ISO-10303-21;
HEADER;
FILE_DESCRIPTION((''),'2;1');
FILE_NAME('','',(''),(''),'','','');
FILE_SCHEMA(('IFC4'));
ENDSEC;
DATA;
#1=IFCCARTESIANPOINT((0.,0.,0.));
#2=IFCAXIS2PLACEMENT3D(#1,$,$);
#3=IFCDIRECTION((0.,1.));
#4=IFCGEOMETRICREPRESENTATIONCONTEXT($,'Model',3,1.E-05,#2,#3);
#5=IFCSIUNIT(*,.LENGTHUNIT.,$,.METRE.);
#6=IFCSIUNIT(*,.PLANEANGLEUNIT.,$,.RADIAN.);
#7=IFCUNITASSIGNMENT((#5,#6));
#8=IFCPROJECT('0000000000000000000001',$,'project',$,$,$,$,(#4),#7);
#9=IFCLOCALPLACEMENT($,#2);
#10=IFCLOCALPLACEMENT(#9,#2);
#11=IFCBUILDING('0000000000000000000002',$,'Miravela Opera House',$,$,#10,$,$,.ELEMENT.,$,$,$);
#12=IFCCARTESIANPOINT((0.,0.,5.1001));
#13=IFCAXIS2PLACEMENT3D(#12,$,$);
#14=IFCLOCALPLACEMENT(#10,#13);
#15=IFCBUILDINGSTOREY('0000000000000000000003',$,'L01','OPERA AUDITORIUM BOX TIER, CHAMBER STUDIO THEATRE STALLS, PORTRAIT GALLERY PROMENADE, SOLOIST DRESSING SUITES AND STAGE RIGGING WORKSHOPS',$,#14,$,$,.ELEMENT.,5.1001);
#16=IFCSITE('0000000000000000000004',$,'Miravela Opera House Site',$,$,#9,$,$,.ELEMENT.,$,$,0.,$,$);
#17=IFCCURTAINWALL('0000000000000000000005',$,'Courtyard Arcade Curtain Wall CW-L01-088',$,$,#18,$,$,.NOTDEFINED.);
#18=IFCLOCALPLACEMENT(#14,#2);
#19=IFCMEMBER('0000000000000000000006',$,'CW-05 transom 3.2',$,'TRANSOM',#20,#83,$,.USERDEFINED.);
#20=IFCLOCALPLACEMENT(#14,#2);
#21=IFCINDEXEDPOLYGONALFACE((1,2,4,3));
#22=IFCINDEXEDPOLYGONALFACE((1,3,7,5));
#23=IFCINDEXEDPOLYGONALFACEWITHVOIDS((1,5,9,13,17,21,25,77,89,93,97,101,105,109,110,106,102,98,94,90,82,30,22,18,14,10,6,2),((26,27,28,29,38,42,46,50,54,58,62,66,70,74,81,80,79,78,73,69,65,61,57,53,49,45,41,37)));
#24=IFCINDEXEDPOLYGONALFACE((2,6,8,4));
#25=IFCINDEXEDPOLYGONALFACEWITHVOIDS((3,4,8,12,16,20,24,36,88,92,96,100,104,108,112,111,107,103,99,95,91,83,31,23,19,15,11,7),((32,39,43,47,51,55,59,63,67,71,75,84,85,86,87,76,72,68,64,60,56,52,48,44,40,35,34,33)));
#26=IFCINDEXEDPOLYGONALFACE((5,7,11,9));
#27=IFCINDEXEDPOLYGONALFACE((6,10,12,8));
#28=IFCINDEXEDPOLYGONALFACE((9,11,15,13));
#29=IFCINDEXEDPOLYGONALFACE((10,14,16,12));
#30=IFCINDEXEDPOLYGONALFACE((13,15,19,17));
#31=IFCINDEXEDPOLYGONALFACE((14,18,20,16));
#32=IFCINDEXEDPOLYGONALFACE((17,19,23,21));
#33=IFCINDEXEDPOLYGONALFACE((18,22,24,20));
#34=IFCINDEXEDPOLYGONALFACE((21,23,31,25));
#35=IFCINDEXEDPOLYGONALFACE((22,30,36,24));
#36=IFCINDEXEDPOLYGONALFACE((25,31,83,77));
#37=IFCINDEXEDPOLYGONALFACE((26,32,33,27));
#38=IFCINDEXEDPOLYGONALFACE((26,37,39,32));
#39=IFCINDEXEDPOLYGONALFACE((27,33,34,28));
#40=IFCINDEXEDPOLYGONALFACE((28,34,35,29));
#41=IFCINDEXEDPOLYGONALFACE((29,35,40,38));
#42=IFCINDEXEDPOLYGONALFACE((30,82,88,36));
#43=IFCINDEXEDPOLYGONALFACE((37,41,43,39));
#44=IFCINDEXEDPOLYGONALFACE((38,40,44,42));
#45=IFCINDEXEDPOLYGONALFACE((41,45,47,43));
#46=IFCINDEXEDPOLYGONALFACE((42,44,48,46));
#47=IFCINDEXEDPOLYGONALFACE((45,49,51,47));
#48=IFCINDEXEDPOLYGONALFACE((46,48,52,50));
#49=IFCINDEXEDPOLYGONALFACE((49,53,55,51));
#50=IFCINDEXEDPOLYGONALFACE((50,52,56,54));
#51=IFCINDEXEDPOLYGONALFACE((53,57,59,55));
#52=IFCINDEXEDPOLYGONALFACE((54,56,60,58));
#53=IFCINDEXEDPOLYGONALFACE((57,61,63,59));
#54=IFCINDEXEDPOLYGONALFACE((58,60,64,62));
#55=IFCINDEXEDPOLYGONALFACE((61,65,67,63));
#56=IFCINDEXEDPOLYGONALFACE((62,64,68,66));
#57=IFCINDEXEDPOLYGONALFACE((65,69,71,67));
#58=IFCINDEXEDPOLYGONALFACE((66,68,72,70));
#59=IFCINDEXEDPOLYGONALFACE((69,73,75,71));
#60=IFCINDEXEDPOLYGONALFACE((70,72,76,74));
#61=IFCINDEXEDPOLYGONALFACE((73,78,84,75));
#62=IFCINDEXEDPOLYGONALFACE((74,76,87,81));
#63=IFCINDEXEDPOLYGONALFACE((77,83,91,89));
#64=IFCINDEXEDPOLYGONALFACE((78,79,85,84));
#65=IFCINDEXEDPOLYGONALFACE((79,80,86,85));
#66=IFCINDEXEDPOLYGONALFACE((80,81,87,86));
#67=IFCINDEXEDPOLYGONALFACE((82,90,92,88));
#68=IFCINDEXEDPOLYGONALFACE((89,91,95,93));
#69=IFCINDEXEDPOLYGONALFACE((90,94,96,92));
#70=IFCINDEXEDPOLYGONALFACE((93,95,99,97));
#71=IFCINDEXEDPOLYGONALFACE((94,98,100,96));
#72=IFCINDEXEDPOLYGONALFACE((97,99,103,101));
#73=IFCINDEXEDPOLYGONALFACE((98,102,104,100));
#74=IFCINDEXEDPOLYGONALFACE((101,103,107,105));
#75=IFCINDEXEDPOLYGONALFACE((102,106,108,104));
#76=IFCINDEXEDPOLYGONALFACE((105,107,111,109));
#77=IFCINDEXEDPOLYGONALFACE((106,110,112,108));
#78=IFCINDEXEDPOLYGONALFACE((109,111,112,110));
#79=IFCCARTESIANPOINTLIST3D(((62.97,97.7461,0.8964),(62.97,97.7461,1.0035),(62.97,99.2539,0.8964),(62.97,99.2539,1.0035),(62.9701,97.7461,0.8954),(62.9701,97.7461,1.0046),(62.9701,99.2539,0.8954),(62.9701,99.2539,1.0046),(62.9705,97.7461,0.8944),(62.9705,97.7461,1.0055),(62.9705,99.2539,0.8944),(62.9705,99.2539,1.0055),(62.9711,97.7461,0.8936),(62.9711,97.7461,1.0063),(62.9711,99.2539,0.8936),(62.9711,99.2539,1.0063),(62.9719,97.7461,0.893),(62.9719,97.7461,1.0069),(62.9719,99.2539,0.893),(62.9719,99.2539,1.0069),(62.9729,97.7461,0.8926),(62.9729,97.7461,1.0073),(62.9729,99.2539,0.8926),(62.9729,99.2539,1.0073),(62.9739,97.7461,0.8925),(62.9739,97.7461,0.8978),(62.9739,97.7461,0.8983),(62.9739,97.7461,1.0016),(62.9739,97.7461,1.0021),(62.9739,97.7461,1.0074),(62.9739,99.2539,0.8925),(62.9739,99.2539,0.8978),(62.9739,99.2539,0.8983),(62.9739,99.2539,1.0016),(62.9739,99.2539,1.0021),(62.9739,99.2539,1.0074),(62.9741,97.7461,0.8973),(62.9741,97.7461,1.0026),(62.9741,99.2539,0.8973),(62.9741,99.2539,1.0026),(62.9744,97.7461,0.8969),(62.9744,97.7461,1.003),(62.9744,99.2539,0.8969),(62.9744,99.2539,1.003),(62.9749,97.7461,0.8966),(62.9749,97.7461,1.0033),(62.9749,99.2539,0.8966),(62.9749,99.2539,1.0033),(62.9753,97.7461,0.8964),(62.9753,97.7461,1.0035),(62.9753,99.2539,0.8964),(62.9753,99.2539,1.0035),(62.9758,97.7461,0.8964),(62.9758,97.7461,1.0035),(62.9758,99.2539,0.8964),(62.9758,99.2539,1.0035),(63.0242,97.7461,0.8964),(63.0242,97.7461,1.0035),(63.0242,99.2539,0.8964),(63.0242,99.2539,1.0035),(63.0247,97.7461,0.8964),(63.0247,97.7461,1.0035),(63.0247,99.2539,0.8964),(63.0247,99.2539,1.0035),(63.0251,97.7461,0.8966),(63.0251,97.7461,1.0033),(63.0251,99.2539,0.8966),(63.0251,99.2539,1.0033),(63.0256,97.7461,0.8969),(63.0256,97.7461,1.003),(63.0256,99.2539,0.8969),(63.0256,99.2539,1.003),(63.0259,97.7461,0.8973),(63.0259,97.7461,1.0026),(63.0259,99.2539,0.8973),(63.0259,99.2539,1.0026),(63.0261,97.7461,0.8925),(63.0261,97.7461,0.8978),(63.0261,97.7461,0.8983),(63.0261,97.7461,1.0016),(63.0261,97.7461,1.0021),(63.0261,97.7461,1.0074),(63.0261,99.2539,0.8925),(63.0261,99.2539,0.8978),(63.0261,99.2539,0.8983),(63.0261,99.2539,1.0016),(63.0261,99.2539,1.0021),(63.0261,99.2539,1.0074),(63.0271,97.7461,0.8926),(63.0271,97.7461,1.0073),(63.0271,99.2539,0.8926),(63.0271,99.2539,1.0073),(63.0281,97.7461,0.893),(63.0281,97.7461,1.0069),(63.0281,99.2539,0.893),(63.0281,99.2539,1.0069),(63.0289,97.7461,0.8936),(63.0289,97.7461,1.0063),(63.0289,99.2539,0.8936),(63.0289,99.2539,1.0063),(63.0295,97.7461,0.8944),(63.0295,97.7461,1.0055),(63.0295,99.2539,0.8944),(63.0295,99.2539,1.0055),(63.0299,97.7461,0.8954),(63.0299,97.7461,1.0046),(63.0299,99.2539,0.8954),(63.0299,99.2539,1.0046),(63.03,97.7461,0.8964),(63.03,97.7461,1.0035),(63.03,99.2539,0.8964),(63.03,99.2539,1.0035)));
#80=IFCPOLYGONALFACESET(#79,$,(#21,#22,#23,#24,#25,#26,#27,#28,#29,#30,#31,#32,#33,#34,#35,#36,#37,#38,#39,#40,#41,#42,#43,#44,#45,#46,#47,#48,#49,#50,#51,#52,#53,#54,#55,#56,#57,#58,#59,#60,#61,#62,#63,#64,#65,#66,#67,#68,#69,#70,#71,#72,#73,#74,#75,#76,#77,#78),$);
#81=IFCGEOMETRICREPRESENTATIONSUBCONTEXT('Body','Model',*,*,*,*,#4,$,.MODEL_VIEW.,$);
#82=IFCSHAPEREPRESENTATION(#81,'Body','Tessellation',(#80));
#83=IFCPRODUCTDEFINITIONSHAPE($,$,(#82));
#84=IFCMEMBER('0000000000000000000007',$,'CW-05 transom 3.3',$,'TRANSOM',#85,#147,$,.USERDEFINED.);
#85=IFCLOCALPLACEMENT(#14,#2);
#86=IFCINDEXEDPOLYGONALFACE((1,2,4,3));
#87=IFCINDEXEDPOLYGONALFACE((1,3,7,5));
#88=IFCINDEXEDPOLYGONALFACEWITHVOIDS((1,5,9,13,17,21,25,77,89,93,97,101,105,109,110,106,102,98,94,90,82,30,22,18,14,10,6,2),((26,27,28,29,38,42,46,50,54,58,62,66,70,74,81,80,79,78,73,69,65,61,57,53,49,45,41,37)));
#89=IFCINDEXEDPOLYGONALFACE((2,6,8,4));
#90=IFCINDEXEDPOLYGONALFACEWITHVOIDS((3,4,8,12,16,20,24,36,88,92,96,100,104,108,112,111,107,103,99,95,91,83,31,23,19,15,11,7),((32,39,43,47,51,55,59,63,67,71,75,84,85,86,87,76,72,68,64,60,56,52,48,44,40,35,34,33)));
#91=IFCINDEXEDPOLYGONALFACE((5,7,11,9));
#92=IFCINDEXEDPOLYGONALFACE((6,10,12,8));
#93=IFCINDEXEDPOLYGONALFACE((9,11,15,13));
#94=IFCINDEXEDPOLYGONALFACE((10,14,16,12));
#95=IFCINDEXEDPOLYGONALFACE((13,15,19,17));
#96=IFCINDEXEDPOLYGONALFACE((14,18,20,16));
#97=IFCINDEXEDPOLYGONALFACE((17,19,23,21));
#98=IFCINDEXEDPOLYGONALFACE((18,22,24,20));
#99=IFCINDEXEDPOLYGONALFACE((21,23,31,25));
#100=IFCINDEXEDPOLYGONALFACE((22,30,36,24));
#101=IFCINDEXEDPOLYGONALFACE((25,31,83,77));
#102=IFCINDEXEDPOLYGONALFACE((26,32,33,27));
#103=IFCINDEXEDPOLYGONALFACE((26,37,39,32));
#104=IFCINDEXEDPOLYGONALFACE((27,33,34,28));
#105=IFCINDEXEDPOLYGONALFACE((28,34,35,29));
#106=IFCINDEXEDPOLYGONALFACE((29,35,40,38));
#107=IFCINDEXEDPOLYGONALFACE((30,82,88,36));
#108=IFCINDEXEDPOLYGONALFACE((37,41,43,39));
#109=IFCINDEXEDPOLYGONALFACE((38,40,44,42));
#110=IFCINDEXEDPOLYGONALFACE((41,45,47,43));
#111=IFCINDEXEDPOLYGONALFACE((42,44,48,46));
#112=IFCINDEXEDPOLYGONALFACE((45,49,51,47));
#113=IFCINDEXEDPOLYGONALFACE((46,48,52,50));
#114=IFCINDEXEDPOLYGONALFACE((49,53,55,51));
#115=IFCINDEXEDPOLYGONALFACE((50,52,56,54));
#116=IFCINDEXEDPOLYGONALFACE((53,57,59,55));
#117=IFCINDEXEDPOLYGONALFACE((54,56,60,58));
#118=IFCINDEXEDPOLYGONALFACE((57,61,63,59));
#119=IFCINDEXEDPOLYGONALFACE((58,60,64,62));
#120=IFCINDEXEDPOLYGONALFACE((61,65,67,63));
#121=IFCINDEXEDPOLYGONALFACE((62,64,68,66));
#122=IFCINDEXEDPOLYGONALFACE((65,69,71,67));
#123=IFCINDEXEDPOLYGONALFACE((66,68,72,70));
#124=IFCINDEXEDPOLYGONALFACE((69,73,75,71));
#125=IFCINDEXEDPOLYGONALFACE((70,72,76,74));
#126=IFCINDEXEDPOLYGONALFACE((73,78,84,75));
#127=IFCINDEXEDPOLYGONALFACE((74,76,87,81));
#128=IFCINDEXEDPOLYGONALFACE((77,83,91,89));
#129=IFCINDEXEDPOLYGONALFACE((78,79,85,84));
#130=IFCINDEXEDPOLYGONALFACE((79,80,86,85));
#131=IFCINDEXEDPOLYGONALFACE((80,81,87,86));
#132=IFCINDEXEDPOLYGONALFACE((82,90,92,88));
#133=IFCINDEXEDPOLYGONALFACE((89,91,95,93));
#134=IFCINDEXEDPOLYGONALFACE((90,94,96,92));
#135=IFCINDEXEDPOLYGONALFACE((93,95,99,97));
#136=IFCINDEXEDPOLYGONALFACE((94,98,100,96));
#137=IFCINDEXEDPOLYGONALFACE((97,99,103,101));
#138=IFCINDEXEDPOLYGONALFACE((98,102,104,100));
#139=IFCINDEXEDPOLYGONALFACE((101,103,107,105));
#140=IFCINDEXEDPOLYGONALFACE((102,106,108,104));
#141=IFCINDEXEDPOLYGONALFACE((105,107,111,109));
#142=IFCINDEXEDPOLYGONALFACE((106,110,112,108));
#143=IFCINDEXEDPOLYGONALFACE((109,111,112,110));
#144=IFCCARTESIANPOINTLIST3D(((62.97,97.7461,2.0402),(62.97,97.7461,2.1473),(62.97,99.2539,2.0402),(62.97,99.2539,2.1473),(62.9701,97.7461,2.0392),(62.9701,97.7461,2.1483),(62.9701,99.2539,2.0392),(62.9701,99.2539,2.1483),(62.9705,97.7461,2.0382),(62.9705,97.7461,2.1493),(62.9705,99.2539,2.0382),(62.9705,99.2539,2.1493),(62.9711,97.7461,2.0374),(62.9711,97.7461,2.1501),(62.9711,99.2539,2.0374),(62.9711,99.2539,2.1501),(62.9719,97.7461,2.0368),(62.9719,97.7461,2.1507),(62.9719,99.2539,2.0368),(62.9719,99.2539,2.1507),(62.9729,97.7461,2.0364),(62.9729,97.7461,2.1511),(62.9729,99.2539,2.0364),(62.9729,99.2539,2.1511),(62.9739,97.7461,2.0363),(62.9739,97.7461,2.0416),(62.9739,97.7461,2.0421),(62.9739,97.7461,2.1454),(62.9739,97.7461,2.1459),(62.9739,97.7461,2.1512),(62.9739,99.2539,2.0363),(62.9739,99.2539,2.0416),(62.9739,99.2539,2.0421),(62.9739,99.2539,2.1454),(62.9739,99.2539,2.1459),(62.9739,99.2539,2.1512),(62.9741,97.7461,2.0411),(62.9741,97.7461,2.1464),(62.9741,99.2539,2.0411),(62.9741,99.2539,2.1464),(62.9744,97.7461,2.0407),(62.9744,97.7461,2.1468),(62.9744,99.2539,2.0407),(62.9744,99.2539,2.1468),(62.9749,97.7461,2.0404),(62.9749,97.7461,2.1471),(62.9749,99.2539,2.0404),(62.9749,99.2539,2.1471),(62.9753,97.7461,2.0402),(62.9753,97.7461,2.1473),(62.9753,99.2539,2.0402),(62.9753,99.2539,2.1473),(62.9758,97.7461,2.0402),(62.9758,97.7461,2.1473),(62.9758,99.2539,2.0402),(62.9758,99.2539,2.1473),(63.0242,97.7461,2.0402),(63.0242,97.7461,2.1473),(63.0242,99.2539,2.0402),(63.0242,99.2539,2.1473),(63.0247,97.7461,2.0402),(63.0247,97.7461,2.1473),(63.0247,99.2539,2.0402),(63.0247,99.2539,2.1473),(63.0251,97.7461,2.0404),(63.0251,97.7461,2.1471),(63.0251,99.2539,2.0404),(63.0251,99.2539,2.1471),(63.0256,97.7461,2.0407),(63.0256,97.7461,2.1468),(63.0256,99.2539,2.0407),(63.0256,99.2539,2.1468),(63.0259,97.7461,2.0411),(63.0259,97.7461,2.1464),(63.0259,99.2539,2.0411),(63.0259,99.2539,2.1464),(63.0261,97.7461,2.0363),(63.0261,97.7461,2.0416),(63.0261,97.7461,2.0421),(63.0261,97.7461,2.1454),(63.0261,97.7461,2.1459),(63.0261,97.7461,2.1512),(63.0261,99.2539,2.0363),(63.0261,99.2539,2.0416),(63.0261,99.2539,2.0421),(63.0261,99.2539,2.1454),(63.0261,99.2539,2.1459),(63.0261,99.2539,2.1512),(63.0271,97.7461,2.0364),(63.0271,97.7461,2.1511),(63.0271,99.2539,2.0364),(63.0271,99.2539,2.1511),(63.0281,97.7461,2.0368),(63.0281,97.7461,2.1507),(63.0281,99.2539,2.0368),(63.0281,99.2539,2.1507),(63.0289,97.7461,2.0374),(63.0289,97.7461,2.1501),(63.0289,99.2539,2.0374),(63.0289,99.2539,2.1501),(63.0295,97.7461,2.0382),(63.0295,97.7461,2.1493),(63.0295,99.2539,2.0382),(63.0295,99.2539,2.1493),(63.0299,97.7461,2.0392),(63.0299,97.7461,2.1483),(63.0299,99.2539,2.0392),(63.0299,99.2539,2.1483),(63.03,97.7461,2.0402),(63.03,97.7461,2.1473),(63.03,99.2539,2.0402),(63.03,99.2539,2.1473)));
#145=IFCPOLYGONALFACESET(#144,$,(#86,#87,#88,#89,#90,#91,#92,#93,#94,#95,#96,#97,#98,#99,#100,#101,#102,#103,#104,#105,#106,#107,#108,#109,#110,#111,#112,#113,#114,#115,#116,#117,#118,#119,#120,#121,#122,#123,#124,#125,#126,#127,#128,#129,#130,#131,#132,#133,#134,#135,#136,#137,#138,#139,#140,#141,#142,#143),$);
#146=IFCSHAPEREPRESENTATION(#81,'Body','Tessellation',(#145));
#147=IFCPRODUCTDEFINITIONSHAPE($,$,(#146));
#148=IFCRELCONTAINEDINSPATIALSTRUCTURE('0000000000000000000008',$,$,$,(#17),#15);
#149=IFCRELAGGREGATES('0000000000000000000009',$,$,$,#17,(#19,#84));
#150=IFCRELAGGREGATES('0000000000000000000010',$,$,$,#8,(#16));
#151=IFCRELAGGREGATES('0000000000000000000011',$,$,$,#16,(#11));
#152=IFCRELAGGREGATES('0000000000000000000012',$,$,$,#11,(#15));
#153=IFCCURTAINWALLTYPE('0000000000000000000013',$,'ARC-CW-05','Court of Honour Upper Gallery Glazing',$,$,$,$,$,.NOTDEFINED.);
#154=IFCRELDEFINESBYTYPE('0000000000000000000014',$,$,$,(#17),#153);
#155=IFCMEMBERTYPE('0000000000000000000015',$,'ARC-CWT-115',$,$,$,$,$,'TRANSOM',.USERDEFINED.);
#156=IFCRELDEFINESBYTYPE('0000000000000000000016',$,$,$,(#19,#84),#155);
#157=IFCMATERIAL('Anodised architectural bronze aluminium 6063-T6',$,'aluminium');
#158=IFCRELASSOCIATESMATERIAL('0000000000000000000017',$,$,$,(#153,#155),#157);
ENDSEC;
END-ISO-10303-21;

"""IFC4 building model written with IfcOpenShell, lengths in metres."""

from ifc_helpers import new_model, si_unit, direction, frame, origin, origin_2d, place, context, subcontext, project, spatial, hollow_rectangle, extrude, material, material_profile, profile_set, type_object, element, aggregate, save


model = new_model("IFC4")

# Units and contexts
model_context = context("Model", 3, precision=1e-05, world=origin(), true_north=direction((0.0, 1.0)))
body_context = subcontext(model_context, "Body", "Model", "MODEL_VIEW")
ifc_project = project(units=[si_unit("LENGTHUNIT", "METRE"), si_unit("PLANEANGLEUNIT", "RADIAN")], contexts=[model_context])

# Site, building, storey
site_placement = place(None, origin())
site = spatial("IfcSite", under=ifc_project, at=site_placement, Name="Miravela Opera House Site", CompositionType="ELEMENT", RefElevation=0.0)
building_placement = place(site_placement, origin())
building = spatial("IfcBuilding", under=site, at=building_placement, Name="Miravela Opera House", CompositionType="ELEMENT")
storey_placement = place(building_placement, frame((0.0, 0.0, 5.1001)))
storey = spatial("IfcBuildingStorey", under=building, at=storey_placement, Name="L01", Description="OPERA AUDITORIUM BOX TIER, CHAMBER STUDIO THEATRE STALLS, PORTRAIT GALLERY PROMENADE, SOLOIST DRESSING SUITES AND STAGE RIGGING WORKSHOPS", CompositionType="ELEMENT", Elevation=5.1001)

# Curtain wall, members
ifc_material_1 = material(Name="Anodised architectural bronze aluminium 6063-T6", Category="aluminium")
curtain_wall_type = type_object("IfcCurtainWallType", Name="ARC-CW-05", Description="Court of Honour Upper Gallery Glazing", PredefinedType="NOTDEFINED", material=ifc_material_1)
curtain_wall_1_placement = place(storey_placement, origin())
curtain_wall_1 = element("IfcCurtainWall", 1, at=curtain_wall_1_placement, inside=storey, type_object=curtain_wall_type, Name="Courtyard Arcade Curtain Wall CW-L01-088", PredefinedType="NOTDEFINED")
ifc_material_profile_1 = material_profile(ifc_material_1, hollow_rectangle(XDim=0.0601, YDim=0.115, WallThickness=0.0039, InnerFilletRadius=0.002, OuterFilletRadius=0.0039, at=origin_2d()), Name="CWT-60X115")
ifc_profile_set_1 = profile_set([ifc_material_profile_1])
member_type_1 = type_object("IfcMemberType", Name="ARC-CWT-115", ElementType="TRANSOM", PredefinedType="USERDEFINED", material=ifc_profile_set_1)
member_1_placement = place(storey_placement, frame((63.0, 97.7461, 0.95), z_axis=(0.0, 1.0, 0.0), x_axis=(-1.0, 0.0, 0.0)))
member_1 = element("IfcMember", 2, at=member_1_placement, type_object=member_type_1, Name="CW-05 transom 3.2", ObjectType="TRANSOM", PredefinedType="USERDEFINED", context=body_context, shape_type="SweptSolid", body=[
    extrude(hollow_rectangle(XDim=0.0601, YDim=0.115, WallThickness=0.0039, InnerFilletRadius=0.002, OuterFilletRadius=0.0039, at=origin_2d()), origin(), (0.0, 0.0, 1.0), 1.5078),
])
member_2_placement = place(storey_placement, frame((63.0, 97.7461, 2.0938), z_axis=(0.0, 1.0, 0.0), x_axis=(-1.0, 0.0, 0.0)))
member_2 = element("IfcMember", 3, at=member_2_placement, type_object=member_type_1, Name="CW-05 transom 3.3", ObjectType="TRANSOM", PredefinedType="USERDEFINED", context=body_context, shape_type="SweptSolid", body=[
    extrude(hollow_rectangle(XDim=0.0601, YDim=0.115, WallThickness=0.0039, InnerFilletRadius=0.002, OuterFilletRadius=0.0039, at=origin_2d()), origin(), (0.0, 0.0, 1.0), 1.5078),
])

aggregate(curtain_wall_1, [member_1, member_2])

save(model, "model.ifc")
